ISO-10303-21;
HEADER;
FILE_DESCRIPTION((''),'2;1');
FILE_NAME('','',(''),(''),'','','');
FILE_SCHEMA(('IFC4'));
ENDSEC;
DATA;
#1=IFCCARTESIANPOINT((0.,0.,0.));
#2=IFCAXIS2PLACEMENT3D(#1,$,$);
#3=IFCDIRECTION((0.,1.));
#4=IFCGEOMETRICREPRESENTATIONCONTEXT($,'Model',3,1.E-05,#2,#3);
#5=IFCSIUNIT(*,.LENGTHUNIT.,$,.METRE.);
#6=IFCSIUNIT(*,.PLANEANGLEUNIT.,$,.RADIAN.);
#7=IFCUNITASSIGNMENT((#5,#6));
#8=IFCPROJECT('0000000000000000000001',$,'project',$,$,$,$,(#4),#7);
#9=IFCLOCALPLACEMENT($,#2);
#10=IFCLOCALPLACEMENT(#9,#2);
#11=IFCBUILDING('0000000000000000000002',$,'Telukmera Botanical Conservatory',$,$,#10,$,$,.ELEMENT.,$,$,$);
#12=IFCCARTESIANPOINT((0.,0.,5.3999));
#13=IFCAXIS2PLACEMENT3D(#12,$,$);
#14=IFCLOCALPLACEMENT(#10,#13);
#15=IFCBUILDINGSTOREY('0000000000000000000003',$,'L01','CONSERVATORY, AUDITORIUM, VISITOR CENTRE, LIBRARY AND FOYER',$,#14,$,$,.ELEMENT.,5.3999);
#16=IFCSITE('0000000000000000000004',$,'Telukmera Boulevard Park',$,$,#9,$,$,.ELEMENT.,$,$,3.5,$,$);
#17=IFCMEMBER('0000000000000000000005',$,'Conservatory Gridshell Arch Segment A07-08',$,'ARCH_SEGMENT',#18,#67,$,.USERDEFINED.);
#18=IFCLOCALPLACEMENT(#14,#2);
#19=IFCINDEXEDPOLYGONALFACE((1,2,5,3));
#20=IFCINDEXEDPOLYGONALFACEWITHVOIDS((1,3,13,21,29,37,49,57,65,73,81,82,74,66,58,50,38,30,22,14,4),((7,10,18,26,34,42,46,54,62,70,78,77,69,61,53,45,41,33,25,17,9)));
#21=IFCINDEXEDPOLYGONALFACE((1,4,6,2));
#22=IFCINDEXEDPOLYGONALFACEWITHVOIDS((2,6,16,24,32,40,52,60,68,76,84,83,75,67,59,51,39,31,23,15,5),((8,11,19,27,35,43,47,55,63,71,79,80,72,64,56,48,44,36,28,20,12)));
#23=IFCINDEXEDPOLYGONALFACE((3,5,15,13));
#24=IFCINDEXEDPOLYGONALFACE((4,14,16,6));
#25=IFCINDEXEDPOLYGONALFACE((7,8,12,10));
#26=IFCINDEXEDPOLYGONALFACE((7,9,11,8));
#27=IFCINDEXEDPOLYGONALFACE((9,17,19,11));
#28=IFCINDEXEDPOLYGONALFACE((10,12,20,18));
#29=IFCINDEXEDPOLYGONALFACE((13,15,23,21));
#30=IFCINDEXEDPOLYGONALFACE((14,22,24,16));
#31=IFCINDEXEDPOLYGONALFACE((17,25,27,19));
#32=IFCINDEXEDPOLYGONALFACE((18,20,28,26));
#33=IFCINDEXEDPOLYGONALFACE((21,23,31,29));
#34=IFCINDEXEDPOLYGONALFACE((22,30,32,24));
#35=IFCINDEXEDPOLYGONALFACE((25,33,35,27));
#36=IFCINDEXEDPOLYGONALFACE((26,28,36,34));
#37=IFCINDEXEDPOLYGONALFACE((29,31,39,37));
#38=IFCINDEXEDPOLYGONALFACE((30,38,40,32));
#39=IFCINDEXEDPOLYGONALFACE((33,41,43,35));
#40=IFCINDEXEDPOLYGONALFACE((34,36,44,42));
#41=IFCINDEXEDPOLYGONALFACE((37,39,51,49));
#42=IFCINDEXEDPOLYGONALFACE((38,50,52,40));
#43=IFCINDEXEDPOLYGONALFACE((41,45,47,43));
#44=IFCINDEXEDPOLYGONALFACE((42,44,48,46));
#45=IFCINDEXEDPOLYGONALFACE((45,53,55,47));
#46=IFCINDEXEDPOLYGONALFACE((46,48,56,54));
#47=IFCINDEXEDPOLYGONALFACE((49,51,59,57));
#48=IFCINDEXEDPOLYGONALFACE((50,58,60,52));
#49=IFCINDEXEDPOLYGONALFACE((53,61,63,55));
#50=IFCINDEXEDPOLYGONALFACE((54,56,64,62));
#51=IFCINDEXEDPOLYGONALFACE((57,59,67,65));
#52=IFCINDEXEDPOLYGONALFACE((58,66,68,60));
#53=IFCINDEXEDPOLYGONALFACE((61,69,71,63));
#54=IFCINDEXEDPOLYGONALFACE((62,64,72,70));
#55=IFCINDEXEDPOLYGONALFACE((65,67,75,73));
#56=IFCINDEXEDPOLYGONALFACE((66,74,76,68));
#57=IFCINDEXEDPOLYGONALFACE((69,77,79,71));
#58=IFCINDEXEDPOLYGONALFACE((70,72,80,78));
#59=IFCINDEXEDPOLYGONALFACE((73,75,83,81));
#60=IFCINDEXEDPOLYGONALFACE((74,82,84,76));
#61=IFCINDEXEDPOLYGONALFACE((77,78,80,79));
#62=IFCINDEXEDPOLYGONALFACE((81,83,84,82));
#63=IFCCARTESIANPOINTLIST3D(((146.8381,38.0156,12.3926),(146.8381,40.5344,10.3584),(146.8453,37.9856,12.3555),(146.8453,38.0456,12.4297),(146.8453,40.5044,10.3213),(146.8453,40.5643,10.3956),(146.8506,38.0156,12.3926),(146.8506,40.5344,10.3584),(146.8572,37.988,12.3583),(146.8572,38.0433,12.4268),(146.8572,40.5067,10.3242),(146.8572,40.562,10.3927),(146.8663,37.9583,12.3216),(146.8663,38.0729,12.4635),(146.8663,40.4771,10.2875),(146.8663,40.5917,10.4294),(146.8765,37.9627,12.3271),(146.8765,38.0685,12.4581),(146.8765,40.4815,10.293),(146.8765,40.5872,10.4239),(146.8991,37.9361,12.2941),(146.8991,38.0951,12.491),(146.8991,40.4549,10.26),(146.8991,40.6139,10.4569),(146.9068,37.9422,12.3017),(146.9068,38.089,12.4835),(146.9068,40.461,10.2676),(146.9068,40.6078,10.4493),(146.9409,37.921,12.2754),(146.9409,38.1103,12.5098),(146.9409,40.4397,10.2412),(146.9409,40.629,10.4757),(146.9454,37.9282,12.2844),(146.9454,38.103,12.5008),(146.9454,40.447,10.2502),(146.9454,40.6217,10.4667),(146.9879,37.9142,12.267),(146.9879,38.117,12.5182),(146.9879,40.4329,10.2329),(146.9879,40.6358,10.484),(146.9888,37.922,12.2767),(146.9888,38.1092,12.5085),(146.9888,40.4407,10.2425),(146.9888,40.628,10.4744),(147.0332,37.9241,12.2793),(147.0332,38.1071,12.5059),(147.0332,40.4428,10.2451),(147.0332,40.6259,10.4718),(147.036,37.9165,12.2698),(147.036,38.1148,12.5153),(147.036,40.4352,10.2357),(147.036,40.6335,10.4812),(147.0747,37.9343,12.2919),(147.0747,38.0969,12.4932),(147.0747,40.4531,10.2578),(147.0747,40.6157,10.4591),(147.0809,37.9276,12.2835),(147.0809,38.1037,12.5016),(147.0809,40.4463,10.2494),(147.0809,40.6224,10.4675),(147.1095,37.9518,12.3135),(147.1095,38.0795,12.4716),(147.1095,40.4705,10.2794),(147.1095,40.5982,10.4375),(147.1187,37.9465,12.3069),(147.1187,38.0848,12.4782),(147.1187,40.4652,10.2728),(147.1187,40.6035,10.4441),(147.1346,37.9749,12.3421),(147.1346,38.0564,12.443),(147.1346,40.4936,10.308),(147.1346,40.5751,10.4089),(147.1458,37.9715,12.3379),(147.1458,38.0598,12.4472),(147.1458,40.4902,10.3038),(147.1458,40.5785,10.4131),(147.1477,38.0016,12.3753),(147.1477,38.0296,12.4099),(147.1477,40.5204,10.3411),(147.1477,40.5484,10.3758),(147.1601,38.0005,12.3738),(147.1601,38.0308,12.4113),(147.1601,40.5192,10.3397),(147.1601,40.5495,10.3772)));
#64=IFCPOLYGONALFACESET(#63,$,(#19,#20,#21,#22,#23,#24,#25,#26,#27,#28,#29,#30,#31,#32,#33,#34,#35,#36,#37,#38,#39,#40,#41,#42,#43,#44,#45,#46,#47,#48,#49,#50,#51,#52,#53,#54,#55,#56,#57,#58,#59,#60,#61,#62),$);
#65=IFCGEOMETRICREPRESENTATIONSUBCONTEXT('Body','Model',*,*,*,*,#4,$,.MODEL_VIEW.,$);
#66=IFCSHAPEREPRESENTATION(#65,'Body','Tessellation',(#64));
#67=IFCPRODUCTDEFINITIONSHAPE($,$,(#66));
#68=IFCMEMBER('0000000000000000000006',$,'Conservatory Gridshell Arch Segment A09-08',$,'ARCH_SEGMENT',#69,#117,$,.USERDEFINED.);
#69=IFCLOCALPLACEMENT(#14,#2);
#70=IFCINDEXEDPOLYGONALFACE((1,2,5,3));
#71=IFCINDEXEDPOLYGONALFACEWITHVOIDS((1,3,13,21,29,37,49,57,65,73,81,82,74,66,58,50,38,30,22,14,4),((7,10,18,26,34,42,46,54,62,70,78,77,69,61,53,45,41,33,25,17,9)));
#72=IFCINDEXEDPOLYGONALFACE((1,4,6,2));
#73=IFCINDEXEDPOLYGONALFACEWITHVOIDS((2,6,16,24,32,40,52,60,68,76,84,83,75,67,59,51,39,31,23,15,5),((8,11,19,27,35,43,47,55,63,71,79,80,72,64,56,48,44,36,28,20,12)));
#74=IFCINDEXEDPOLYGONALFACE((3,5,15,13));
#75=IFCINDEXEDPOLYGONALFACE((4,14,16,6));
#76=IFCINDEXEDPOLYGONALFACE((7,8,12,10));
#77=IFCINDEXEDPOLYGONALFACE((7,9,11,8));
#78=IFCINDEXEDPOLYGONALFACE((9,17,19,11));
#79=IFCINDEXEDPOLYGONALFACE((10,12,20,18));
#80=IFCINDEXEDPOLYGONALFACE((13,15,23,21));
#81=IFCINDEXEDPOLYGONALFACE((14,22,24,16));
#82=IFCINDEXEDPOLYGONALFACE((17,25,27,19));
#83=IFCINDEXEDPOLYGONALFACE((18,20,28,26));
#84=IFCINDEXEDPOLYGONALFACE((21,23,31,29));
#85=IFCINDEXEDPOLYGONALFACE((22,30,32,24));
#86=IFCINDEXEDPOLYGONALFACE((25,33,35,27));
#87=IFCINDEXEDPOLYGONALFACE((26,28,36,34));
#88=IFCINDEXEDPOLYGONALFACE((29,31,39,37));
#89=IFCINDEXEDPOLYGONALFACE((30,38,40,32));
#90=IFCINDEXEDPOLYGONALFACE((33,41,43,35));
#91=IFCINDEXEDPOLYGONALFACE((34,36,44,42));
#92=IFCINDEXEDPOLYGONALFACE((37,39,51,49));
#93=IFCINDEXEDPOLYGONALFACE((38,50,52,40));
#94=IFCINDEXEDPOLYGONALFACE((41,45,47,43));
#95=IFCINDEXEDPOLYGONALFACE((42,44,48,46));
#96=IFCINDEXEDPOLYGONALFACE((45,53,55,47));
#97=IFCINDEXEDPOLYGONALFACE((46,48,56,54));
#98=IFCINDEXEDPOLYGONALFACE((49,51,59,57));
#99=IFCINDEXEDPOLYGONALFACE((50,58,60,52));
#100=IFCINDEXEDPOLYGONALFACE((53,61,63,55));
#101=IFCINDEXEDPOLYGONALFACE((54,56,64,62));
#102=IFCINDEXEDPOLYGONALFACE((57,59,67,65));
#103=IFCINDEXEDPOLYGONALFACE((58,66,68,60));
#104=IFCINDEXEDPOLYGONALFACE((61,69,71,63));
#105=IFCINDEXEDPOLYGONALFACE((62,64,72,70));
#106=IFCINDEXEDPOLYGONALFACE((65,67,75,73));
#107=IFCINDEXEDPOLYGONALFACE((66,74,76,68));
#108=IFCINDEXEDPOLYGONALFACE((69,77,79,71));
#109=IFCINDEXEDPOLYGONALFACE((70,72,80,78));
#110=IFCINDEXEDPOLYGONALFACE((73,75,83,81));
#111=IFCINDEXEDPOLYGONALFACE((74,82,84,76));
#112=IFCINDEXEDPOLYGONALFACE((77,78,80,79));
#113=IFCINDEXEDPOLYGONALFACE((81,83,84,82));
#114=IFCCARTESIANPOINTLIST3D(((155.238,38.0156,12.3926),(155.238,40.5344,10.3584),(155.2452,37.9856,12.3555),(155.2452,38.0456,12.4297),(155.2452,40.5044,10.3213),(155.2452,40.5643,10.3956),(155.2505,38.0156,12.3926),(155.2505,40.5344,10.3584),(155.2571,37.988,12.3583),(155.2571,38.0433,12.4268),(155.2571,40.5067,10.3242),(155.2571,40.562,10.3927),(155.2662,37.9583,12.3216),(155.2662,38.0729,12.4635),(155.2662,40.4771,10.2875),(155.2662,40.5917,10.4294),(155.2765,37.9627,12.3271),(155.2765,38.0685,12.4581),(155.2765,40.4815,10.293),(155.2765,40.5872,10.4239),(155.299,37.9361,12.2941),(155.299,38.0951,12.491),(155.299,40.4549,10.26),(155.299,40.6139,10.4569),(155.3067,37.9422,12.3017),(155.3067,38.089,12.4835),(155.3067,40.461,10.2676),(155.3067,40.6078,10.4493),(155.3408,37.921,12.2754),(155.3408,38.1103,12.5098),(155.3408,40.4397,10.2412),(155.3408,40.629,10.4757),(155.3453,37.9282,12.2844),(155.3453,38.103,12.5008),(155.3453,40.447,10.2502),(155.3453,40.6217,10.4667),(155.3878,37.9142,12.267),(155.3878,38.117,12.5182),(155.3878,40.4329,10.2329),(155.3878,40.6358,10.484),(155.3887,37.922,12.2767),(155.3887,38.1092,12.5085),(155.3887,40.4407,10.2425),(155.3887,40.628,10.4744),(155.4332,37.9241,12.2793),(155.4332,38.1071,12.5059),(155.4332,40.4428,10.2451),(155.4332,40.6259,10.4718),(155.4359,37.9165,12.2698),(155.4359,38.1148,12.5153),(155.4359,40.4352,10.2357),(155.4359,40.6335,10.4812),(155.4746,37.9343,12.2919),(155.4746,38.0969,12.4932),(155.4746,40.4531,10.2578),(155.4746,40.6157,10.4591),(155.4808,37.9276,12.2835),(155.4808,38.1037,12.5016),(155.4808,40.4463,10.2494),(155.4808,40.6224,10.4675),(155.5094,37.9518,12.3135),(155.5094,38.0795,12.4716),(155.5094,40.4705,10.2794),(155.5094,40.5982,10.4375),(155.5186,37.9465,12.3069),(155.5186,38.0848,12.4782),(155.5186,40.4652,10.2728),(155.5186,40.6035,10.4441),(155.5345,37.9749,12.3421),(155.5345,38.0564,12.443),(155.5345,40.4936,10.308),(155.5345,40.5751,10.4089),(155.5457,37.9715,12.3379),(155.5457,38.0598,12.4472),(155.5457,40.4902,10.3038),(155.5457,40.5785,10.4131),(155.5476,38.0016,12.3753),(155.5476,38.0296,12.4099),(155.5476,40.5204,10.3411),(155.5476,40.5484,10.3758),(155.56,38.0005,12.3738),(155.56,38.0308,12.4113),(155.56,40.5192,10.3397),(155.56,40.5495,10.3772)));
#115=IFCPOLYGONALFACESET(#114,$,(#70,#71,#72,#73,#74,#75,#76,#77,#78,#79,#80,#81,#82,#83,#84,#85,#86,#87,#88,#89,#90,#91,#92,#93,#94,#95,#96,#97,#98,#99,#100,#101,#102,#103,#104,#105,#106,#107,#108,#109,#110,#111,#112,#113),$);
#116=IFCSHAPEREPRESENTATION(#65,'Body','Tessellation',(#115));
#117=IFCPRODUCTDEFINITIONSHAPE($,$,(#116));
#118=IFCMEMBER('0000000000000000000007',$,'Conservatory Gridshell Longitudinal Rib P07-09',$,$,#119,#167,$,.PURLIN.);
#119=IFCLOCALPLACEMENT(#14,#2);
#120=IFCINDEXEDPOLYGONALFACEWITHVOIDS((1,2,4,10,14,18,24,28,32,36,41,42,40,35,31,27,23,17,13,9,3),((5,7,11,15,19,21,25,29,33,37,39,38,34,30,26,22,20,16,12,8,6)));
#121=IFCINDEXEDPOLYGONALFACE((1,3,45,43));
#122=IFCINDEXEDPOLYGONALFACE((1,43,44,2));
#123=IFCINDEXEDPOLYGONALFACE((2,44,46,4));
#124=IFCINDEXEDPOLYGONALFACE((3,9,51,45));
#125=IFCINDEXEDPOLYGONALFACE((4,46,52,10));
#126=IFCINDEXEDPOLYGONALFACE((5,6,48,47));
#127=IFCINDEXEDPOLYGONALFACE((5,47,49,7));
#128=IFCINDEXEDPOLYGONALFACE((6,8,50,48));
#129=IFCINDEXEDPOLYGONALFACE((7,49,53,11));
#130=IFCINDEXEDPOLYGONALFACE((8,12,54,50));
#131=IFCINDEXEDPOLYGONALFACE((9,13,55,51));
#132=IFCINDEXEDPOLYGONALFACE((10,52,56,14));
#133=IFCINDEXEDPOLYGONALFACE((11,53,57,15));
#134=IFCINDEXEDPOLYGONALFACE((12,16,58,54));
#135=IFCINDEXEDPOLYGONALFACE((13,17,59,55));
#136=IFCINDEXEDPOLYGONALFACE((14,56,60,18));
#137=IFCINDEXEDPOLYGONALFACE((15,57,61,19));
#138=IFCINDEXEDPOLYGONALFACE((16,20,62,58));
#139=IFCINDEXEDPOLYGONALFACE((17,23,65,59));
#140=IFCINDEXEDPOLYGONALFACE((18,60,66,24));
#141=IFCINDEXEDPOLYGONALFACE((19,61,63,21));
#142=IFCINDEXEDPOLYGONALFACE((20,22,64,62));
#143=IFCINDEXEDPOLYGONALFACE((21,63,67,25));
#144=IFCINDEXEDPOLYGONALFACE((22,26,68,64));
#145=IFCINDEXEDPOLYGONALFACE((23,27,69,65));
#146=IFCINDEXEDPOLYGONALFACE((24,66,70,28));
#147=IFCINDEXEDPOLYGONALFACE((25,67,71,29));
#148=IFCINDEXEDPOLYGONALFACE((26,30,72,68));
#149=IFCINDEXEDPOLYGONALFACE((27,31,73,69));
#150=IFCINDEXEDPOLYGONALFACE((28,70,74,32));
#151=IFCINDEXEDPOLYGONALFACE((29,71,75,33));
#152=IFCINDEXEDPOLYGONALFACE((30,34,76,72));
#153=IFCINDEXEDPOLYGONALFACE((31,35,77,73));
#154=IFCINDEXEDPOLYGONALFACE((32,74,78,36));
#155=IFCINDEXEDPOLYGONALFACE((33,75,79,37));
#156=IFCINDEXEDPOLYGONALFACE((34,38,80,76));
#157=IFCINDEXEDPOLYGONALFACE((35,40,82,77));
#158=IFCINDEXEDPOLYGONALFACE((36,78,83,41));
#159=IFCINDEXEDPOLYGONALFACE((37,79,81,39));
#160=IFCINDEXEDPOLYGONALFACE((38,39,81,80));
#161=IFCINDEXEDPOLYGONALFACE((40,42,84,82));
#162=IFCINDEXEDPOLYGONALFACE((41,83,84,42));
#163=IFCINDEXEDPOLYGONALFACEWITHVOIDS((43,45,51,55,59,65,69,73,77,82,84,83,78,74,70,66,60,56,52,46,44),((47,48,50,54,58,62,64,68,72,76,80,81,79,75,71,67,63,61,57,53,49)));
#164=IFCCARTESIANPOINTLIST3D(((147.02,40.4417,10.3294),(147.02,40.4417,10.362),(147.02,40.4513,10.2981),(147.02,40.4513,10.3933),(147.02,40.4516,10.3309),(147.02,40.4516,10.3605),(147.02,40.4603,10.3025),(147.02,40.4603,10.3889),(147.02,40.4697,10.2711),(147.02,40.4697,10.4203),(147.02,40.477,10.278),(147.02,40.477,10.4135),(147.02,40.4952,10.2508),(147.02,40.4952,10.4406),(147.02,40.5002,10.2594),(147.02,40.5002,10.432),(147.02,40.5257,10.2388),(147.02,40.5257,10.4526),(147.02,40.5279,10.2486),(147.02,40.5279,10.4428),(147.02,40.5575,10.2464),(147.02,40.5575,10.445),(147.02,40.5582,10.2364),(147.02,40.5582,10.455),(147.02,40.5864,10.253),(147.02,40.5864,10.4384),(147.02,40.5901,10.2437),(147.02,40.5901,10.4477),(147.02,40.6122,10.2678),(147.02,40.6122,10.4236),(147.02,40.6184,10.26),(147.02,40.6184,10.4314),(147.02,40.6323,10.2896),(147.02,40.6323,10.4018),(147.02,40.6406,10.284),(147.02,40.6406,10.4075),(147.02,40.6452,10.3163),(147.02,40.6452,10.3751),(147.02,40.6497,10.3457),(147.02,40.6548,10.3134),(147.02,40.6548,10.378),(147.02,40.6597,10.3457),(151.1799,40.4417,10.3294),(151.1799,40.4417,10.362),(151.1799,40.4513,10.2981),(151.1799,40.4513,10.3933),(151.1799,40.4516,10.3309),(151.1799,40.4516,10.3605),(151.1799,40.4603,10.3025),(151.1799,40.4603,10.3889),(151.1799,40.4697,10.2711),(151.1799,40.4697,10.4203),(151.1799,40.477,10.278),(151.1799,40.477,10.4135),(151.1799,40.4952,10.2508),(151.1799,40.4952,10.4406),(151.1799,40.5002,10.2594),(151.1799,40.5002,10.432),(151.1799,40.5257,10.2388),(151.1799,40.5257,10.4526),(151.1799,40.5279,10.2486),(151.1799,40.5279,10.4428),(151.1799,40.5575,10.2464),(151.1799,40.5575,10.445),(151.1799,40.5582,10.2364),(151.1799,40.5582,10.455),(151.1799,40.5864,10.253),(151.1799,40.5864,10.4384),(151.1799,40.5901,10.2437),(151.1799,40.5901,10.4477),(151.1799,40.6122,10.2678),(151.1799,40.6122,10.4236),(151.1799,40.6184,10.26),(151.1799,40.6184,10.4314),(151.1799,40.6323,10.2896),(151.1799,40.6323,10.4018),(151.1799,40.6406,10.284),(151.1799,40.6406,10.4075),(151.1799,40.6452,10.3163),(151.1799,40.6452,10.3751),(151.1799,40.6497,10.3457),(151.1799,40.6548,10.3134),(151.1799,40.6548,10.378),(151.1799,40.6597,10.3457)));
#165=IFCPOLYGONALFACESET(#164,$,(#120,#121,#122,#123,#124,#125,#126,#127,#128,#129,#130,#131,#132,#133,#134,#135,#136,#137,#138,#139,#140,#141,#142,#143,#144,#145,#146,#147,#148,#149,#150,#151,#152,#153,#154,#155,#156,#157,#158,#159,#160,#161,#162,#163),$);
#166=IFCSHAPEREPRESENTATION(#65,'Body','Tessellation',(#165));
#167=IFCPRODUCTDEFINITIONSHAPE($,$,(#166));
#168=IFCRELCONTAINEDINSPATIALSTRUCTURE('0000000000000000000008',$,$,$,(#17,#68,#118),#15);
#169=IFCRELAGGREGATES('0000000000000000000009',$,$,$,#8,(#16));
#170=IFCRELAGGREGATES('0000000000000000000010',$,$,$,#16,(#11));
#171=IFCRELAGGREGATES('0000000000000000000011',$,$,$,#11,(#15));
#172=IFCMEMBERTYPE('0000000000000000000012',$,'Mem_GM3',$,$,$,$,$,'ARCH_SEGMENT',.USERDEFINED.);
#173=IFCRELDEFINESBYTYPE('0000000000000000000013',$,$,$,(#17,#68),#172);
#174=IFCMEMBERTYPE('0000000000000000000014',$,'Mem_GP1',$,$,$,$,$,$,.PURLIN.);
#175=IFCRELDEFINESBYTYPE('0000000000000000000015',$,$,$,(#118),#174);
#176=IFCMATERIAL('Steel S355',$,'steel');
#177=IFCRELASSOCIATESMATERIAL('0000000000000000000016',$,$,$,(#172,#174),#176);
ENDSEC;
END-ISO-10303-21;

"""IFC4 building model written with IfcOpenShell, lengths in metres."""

from ifc_helpers import new_model, si_unit, direction, frame, origin, origin_2d, place, context, subcontext, project, spatial, hollow_circle, extrude, material, material_profile, profile_set, type_object, element, save


model = new_model("IFC4")

# Units and contexts
model_context = context("Model", 3, precision=1e-05, world=origin(), true_north=direction((0.0, 1.0)))
body_context = subcontext(model_context, "Body", "Model", "MODEL_VIEW")
ifc_project = project(units=[si_unit("LENGTHUNIT", "METRE"), si_unit("PLANEANGLEUNIT", "RADIAN")], contexts=[model_context])

# Site, building, storey
site_placement = place(None, origin())
site = spatial("IfcSite", under=ifc_project, at=site_placement, Name="Telukmera Boulevard Park", CompositionType="ELEMENT", RefElevation=3.5)
building_placement = place(site_placement, origin())
building = spatial("IfcBuilding", under=site, at=building_placement, Name="Telukmera Botanical Conservatory", CompositionType="ELEMENT")
storey_placement = place(building_placement, frame((0.0, 0.0, 5.3999)))
storey = spatial("IfcBuildingStorey", under=building, at=storey_placement, Name="L01", Description="CONSERVATORY, AUDITORIUM, VISITOR CENTRE, LIBRARY AND FOYER", CompositionType="ELEMENT", Elevation=5.3999)

# Shared definitions
ifc_material_1 = material(Name="Steel S355", Category="steel")

# Members
ifc_material_profile_1 = material_profile(ifc_material_1, hollow_circle(Radius=0.1619, WallThickness=0.0125, at=origin_2d()), Name="CHS 323.9x12.5")
ifc_profile_set_1 = profile_set([ifc_material_profile_1], Name="Steel S355")
member_type_1 = type_object("IfcMemberType", Name="Mem_GM3", ElementType="ARCH_SEGMENT", PredefinedType="USERDEFINED", material=ifc_profile_set_1)
for number, where, z_axis, x_axis, name in (
    (1, (147.0, 38.0156, 12.3926), (0.0, 0.777977, -0.628293), (-1.0, 0.0, 0.0), "Conservatory Gridshell Arch Segment A07-08"),
    (2, (155.3999, 38.0156, 12.3926), (0.0, 0.777977, -0.628293), (-1.0, 0.0, 0.0), "Conservatory Gridshell Arch Segment A09-08"),
):
    element("IfcMember", number, at=place(storey_placement, frame(where, z_axis=z_axis, x_axis=x_axis)), inside=storey, type_object=member_type_1, Name=name, ObjectType="ARCH_SEGMENT", PredefinedType="USERDEFINED", context=body_context, shape_type="SweptSolid", body=[
        extrude(hollow_circle(Radius=0.1619, WallThickness=0.0125, at=origin_2d()), origin(), (0.0, 0.0, 1.0), 3.2375),
    ])
ifc_material_profile_2 = material_profile(ifc_material_1, hollow_circle(Radius=0.1096, WallThickness=0.01, at=origin_2d()), Name="CHS 219.1x10.0")
ifc_profile_set_2 = profile_set([ifc_material_profile_2], Name="Steel S355")
member_type_2 = type_object("IfcMemberType", Name="Mem_GP1", PredefinedType="PURLIN", material=ifc_profile_set_2)
for number, where, z_axis, x_axis, name in (
    (3, (147.02, 40.55, 10.3457), (1.0, 0.0, 0.0), (0.0, 1.0, 0.0), "Conservatory Gridshell Longitudinal Rib P07-09"),
):
    element("IfcMember", number, at=place(storey_placement, frame(where, z_axis=z_axis, x_axis=x_axis)), inside=storey, type_object=member_type_2, Name=name, PredefinedType="PURLIN", context=body_context, shape_type="SweptSolid", body=[
        extrude(hollow_circle(Radius=0.1096, WallThickness=0.01, at=origin_2d()), origin(), (0.0, 0.0, 1.0), 4.1599),
    ])

save(model, "model.ifc")
